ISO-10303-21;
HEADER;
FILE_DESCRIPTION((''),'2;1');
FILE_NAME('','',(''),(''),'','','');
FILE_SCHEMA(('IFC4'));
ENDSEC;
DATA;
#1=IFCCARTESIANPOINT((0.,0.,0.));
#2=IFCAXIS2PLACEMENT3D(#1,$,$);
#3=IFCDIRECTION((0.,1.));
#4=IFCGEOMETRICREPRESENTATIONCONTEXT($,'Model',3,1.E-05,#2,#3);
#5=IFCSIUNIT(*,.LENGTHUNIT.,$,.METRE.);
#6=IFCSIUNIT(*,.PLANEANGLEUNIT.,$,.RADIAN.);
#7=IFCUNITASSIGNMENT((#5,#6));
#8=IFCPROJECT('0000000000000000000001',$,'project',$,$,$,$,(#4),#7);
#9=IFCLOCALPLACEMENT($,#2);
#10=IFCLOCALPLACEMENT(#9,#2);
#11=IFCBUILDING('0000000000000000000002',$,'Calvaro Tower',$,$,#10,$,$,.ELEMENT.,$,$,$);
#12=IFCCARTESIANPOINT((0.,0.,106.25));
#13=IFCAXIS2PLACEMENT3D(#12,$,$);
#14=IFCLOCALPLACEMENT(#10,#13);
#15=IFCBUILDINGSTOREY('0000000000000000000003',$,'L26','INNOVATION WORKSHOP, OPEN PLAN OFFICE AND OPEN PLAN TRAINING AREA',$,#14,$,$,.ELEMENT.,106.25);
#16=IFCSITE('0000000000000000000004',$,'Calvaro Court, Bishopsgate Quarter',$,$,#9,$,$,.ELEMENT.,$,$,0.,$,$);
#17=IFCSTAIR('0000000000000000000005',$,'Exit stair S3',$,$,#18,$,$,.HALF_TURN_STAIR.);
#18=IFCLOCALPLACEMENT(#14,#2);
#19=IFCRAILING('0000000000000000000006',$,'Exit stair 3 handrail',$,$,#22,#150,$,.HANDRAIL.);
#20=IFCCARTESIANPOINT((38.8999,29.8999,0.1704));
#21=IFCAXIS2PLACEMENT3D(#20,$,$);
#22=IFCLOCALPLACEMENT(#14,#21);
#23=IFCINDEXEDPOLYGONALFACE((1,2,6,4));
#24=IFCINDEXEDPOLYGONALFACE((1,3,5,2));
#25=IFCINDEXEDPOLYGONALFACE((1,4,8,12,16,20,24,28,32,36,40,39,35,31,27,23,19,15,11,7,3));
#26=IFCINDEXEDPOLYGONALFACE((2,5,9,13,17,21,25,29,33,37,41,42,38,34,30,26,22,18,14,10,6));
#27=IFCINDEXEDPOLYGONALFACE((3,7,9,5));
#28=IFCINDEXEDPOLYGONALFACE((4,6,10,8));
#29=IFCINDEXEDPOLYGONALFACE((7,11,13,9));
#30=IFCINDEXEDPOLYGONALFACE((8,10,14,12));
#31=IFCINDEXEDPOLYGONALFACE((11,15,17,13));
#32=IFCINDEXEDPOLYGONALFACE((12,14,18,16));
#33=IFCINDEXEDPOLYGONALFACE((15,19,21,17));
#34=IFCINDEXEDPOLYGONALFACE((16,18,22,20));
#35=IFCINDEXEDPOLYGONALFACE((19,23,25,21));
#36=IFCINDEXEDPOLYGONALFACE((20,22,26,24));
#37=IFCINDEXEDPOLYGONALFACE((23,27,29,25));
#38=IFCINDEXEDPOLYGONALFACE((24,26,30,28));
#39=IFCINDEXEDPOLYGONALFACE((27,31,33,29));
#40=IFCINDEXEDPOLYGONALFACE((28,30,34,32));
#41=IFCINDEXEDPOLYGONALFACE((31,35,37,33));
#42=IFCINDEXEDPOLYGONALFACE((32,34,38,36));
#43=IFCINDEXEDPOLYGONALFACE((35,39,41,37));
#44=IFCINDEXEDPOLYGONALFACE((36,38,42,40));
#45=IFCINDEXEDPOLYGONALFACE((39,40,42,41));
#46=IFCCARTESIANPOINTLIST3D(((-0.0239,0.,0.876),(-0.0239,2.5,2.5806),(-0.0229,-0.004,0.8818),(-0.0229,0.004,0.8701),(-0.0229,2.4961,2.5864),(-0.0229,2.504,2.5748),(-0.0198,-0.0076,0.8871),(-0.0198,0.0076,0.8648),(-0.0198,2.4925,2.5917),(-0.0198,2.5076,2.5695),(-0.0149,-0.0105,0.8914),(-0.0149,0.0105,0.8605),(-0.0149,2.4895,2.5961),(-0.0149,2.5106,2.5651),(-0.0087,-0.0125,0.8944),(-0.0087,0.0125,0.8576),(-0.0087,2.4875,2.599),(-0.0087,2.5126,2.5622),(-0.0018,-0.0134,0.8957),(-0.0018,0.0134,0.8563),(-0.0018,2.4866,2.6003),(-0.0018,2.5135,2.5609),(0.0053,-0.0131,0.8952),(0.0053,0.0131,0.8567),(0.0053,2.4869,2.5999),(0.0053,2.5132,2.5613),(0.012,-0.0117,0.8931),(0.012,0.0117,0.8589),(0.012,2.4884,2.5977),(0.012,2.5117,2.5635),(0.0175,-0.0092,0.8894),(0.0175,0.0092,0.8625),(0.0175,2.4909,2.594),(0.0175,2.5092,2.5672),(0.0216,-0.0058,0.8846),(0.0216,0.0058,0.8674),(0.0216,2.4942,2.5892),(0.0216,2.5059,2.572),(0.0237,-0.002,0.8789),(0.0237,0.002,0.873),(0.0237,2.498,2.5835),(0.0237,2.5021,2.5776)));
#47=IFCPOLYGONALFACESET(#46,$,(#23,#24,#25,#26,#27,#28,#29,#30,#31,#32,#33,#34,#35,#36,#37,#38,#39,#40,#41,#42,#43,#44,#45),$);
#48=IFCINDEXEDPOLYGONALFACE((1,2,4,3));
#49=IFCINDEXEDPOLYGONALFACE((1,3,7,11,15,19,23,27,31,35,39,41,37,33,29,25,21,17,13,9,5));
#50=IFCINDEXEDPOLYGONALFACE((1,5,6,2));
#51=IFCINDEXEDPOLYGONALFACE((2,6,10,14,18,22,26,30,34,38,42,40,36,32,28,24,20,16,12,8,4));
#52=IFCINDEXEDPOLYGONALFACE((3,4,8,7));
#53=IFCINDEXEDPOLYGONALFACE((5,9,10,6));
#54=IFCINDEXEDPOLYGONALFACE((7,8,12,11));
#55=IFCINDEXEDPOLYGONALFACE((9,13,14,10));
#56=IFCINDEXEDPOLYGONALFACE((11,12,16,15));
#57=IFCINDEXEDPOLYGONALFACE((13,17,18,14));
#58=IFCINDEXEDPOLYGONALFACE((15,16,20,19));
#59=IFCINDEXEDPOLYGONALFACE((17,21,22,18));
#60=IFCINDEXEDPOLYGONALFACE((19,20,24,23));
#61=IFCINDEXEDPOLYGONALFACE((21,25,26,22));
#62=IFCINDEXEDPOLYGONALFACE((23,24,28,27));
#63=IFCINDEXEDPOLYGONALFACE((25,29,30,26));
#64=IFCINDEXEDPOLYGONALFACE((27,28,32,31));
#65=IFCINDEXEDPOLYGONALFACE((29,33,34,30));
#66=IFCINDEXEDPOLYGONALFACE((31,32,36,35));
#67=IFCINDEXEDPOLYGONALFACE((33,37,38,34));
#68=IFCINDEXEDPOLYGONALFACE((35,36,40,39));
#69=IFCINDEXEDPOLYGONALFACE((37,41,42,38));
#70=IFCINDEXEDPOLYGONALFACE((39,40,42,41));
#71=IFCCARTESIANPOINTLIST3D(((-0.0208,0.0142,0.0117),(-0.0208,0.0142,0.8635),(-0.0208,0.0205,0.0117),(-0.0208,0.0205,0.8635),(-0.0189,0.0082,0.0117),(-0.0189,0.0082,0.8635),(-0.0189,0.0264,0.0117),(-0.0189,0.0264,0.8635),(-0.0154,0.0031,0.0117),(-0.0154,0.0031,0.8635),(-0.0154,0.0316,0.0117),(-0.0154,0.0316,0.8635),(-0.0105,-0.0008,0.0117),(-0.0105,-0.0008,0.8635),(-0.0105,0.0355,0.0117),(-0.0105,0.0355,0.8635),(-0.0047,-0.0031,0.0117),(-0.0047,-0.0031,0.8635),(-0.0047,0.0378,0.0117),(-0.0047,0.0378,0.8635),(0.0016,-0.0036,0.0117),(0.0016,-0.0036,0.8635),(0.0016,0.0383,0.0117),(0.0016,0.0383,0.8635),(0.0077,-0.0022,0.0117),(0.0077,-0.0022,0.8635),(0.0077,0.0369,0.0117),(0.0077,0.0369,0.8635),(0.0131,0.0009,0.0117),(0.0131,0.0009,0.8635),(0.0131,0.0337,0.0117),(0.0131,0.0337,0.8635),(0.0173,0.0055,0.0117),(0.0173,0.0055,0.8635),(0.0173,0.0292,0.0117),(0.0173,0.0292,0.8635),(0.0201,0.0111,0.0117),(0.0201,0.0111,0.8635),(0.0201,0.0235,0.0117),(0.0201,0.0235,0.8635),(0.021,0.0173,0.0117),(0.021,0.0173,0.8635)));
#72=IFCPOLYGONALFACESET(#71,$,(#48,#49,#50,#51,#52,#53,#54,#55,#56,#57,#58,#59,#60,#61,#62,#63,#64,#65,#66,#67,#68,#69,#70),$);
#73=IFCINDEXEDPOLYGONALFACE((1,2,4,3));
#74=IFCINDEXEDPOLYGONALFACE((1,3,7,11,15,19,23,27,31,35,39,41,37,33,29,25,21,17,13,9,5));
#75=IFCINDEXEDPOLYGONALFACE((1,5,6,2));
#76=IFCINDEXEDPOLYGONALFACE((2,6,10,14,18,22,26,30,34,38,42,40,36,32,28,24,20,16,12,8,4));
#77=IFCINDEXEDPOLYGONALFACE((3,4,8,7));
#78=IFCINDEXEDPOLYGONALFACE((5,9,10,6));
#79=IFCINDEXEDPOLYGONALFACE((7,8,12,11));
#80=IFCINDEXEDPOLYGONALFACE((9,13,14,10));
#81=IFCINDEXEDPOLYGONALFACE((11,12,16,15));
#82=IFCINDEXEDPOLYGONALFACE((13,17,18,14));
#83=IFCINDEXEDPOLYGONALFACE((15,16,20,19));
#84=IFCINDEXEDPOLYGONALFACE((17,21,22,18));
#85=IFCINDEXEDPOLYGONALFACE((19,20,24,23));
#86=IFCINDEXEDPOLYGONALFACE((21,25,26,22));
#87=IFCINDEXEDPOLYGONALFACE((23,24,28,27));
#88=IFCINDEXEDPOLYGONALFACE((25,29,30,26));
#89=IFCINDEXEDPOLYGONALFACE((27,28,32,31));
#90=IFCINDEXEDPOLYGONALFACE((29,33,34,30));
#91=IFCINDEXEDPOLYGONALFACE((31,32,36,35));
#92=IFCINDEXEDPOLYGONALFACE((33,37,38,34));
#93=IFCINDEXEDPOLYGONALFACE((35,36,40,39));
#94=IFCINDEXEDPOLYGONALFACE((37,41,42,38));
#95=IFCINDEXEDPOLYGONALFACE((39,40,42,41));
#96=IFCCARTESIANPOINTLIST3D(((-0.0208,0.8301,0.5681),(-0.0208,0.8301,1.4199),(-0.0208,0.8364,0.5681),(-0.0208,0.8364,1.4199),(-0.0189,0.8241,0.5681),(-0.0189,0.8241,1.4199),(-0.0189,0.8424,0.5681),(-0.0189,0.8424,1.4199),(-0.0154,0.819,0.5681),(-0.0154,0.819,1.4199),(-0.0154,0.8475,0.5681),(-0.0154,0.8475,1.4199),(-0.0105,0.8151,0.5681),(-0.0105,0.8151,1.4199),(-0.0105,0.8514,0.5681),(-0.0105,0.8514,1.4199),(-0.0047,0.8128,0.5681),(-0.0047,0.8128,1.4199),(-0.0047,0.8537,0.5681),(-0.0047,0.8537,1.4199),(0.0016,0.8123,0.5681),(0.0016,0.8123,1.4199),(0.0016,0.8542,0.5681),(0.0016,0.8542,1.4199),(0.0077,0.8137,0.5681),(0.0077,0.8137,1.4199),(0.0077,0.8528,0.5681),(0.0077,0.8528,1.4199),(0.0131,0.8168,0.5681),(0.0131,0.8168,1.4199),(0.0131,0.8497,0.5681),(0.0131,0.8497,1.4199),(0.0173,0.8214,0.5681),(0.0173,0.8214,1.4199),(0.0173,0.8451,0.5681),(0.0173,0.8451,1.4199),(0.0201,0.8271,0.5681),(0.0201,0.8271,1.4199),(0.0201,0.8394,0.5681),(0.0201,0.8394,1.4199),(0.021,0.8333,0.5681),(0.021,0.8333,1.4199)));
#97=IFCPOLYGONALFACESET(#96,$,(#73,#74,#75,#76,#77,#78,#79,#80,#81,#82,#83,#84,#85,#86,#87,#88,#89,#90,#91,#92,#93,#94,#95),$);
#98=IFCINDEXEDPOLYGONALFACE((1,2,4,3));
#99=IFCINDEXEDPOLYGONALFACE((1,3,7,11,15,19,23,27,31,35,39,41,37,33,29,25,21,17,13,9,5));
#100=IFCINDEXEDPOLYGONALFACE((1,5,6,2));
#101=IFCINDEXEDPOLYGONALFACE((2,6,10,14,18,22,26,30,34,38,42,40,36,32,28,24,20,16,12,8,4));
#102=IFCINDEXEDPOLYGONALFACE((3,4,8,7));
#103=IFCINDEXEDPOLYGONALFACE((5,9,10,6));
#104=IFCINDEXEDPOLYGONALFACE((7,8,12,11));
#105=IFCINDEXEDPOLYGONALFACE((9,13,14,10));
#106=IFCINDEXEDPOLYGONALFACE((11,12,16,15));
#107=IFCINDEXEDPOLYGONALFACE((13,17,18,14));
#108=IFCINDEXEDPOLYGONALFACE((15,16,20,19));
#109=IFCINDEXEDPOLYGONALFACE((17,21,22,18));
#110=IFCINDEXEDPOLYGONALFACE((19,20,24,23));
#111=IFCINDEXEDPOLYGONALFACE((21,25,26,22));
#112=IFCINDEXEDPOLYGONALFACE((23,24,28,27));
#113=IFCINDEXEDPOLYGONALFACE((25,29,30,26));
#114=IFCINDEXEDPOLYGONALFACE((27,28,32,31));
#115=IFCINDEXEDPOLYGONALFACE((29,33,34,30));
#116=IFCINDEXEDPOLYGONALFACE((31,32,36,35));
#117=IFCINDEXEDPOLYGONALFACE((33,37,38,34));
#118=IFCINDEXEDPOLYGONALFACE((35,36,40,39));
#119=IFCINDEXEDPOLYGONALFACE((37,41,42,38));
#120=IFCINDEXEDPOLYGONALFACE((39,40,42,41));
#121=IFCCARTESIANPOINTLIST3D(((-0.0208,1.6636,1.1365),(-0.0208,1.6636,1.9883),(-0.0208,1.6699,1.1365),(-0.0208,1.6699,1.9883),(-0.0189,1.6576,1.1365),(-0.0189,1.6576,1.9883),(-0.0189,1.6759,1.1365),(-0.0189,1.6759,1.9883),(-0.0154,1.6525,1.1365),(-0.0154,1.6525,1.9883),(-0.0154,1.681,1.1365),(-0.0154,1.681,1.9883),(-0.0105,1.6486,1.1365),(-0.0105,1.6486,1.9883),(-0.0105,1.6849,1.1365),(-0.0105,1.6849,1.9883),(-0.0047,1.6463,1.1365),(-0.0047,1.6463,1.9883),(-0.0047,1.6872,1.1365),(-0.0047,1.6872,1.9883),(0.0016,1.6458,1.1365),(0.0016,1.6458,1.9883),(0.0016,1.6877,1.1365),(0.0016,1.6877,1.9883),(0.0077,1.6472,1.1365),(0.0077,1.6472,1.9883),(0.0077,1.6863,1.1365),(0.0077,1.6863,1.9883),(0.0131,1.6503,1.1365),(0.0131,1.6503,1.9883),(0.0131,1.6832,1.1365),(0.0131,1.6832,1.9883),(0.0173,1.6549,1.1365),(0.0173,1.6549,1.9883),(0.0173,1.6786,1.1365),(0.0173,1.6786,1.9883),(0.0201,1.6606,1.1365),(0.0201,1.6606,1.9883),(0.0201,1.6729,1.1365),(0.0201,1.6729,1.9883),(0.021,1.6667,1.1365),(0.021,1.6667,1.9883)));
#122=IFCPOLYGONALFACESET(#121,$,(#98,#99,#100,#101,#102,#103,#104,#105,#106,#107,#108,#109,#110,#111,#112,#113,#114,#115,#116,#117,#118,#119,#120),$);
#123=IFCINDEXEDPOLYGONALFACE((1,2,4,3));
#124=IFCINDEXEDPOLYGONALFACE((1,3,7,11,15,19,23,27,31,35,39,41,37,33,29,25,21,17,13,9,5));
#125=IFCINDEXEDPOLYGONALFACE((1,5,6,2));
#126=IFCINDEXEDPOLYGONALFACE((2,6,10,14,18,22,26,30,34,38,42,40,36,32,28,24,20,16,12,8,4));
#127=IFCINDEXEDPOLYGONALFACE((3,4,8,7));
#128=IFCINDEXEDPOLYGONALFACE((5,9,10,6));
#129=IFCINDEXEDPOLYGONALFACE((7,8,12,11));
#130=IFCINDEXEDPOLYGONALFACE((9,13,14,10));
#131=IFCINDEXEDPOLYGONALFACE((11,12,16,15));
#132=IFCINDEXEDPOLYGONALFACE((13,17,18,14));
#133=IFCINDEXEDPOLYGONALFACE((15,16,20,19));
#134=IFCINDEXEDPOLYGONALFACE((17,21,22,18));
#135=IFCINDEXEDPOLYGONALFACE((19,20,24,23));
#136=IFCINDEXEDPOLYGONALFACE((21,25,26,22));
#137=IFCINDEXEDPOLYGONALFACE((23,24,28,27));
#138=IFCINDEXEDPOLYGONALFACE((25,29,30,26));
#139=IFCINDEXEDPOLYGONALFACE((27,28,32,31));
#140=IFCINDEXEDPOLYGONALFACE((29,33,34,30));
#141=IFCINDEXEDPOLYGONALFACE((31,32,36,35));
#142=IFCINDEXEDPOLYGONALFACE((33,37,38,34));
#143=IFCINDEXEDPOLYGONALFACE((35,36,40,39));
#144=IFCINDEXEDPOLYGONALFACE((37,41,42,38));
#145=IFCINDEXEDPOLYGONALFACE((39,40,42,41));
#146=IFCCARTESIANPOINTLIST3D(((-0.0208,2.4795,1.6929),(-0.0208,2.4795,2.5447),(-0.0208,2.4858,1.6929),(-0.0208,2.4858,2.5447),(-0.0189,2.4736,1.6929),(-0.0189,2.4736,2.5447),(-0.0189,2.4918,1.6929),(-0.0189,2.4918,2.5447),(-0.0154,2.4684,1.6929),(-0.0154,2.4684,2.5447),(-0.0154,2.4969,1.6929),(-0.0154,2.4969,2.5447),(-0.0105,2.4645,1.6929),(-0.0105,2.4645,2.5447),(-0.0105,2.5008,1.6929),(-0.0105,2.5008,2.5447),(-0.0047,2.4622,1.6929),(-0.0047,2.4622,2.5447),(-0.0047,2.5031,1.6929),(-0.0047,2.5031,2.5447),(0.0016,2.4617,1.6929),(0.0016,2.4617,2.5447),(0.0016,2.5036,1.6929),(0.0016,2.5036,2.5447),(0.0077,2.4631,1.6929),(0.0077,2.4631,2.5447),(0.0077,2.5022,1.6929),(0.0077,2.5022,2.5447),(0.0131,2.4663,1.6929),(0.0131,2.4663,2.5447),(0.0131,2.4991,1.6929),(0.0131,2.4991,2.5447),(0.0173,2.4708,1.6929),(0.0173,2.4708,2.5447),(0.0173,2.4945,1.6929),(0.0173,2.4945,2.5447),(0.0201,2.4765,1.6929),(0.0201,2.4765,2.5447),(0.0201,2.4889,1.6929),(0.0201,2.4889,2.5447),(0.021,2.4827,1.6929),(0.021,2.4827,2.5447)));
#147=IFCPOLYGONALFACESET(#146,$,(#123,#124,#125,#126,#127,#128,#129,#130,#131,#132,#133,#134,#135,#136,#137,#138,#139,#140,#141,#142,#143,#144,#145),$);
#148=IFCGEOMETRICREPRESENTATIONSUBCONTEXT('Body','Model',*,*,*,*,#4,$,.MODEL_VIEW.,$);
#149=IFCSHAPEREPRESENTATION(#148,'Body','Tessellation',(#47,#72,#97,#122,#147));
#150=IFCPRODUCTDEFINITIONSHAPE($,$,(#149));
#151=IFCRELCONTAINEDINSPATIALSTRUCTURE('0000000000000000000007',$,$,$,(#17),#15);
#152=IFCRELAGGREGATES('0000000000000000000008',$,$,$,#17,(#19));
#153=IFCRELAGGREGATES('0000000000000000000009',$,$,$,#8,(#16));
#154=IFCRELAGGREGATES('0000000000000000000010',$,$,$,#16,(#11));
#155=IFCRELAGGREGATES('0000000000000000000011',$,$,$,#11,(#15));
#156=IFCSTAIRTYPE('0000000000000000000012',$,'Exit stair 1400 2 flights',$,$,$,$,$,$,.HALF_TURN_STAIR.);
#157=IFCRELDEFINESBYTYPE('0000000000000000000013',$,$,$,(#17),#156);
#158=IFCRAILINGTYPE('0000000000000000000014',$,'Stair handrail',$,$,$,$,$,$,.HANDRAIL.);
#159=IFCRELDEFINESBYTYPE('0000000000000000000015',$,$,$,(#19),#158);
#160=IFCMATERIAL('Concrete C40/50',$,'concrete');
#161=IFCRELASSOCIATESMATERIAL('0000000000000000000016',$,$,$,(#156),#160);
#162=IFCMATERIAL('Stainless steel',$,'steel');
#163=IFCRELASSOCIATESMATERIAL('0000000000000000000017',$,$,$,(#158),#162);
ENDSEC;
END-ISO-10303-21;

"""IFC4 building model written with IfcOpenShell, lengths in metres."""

from ifc_helpers import new_model, si_unit, direction, frame, origin, origin_2d, place, context, subcontext, project, spatial, circle, extrude, material, type_object, element, aggregate, save


model = new_model("IFC4")

# Units and contexts
model_context = context("Model", 3, precision=1e-05, world=origin(), true_north=direction((0.0, 1.0)))
body_context = subcontext(model_context, "Body", "Model", "MODEL_VIEW")
ifc_project = project(units=[si_unit("LENGTHUNIT", "METRE"), si_unit("PLANEANGLEUNIT", "RADIAN")], contexts=[model_context])

# Site, building, storey
site_placement = place(None, origin())
site = spatial("IfcSite", under=ifc_project, at=site_placement, Name="Calvaro Court, Bishopsgate Quarter", CompositionType="ELEMENT", RefElevation=0.0)
building_placement = place(site_placement, origin())
building = spatial("IfcBuilding", under=site, at=building_placement, Name="Calvaro Tower", CompositionType="ELEMENT")
storey_placement = place(building_placement, frame((0.0, 0.0, 106.25)))
storey = spatial("IfcBuildingStorey", under=building, at=storey_placement, Name="L26", Description="INNOVATION WORKSHOP, OPEN PLAN OFFICE AND OPEN PLAN TRAINING AREA", CompositionType="ELEMENT", Elevation=106.25)

# Stair
ifc_material_1 = material(Name="Concrete C40/50", Category="concrete")
stair_type = type_object("IfcStairType", Name="Exit stair 1400 2 flights", PredefinedType="HALF_TURN_STAIR", material=ifc_material_1)
stair_1_placement = place(storey_placement, origin())
stair_1 = element("IfcStair", 1, at=stair_1_placement, inside=storey, type_object=stair_type, Name="Exit stair S3", PredefinedType="HALF_TURN_STAIR")

# Railing
ifc_material_2 = material(Name="Stainless steel", Category="steel")
railing_type = type_object("IfcRailingType", Name="Stair handrail", PredefinedType="HANDRAIL", material=ifc_material_2)
railing_1_placement = place(storey_placement, frame((38.8999, 29.8999, 0.1704)))
railing_1 = element("IfcRailing", 2, at=railing_1_placement, type_object=railing_type, Name="Exit stair 3 handrail", PredefinedType="HANDRAIL", context=body_context, shape_type="SweptSolid", body=[
    extrude(circle(Radius=0.0239, at=origin_2d()), frame((0.0, 0.0, 0.876), z_axis=(0.0, 0.826221, 0.563347), x_axis=(-1.0, 0.0, 0.0)), (0.0, 0.0, 1.0), 3.0259),
    extrude(circle(Radius=0.021, at=origin_2d()), frame((0.0, 0.0173, 0.0117)), (0.0, 0.0, 1.0), 0.8518),
    extrude(circle(Radius=0.021, at=origin_2d()), frame((0.0, 0.8333, 0.5681)), (0.0, 0.0, 1.0), 0.8518),
    extrude(circle(Radius=0.021, at=origin_2d()), frame((0.0, 1.6667, 1.1365)), (0.0, 0.0, 1.0), 0.8518),
    extrude(circle(Radius=0.021, at=origin_2d()), frame((0.0, 2.4827, 1.6929)), (0.0, 0.0, 1.0), 0.8518),
])
aggregate(stair_1, [railing_1])

save(model, "model.ifc")
